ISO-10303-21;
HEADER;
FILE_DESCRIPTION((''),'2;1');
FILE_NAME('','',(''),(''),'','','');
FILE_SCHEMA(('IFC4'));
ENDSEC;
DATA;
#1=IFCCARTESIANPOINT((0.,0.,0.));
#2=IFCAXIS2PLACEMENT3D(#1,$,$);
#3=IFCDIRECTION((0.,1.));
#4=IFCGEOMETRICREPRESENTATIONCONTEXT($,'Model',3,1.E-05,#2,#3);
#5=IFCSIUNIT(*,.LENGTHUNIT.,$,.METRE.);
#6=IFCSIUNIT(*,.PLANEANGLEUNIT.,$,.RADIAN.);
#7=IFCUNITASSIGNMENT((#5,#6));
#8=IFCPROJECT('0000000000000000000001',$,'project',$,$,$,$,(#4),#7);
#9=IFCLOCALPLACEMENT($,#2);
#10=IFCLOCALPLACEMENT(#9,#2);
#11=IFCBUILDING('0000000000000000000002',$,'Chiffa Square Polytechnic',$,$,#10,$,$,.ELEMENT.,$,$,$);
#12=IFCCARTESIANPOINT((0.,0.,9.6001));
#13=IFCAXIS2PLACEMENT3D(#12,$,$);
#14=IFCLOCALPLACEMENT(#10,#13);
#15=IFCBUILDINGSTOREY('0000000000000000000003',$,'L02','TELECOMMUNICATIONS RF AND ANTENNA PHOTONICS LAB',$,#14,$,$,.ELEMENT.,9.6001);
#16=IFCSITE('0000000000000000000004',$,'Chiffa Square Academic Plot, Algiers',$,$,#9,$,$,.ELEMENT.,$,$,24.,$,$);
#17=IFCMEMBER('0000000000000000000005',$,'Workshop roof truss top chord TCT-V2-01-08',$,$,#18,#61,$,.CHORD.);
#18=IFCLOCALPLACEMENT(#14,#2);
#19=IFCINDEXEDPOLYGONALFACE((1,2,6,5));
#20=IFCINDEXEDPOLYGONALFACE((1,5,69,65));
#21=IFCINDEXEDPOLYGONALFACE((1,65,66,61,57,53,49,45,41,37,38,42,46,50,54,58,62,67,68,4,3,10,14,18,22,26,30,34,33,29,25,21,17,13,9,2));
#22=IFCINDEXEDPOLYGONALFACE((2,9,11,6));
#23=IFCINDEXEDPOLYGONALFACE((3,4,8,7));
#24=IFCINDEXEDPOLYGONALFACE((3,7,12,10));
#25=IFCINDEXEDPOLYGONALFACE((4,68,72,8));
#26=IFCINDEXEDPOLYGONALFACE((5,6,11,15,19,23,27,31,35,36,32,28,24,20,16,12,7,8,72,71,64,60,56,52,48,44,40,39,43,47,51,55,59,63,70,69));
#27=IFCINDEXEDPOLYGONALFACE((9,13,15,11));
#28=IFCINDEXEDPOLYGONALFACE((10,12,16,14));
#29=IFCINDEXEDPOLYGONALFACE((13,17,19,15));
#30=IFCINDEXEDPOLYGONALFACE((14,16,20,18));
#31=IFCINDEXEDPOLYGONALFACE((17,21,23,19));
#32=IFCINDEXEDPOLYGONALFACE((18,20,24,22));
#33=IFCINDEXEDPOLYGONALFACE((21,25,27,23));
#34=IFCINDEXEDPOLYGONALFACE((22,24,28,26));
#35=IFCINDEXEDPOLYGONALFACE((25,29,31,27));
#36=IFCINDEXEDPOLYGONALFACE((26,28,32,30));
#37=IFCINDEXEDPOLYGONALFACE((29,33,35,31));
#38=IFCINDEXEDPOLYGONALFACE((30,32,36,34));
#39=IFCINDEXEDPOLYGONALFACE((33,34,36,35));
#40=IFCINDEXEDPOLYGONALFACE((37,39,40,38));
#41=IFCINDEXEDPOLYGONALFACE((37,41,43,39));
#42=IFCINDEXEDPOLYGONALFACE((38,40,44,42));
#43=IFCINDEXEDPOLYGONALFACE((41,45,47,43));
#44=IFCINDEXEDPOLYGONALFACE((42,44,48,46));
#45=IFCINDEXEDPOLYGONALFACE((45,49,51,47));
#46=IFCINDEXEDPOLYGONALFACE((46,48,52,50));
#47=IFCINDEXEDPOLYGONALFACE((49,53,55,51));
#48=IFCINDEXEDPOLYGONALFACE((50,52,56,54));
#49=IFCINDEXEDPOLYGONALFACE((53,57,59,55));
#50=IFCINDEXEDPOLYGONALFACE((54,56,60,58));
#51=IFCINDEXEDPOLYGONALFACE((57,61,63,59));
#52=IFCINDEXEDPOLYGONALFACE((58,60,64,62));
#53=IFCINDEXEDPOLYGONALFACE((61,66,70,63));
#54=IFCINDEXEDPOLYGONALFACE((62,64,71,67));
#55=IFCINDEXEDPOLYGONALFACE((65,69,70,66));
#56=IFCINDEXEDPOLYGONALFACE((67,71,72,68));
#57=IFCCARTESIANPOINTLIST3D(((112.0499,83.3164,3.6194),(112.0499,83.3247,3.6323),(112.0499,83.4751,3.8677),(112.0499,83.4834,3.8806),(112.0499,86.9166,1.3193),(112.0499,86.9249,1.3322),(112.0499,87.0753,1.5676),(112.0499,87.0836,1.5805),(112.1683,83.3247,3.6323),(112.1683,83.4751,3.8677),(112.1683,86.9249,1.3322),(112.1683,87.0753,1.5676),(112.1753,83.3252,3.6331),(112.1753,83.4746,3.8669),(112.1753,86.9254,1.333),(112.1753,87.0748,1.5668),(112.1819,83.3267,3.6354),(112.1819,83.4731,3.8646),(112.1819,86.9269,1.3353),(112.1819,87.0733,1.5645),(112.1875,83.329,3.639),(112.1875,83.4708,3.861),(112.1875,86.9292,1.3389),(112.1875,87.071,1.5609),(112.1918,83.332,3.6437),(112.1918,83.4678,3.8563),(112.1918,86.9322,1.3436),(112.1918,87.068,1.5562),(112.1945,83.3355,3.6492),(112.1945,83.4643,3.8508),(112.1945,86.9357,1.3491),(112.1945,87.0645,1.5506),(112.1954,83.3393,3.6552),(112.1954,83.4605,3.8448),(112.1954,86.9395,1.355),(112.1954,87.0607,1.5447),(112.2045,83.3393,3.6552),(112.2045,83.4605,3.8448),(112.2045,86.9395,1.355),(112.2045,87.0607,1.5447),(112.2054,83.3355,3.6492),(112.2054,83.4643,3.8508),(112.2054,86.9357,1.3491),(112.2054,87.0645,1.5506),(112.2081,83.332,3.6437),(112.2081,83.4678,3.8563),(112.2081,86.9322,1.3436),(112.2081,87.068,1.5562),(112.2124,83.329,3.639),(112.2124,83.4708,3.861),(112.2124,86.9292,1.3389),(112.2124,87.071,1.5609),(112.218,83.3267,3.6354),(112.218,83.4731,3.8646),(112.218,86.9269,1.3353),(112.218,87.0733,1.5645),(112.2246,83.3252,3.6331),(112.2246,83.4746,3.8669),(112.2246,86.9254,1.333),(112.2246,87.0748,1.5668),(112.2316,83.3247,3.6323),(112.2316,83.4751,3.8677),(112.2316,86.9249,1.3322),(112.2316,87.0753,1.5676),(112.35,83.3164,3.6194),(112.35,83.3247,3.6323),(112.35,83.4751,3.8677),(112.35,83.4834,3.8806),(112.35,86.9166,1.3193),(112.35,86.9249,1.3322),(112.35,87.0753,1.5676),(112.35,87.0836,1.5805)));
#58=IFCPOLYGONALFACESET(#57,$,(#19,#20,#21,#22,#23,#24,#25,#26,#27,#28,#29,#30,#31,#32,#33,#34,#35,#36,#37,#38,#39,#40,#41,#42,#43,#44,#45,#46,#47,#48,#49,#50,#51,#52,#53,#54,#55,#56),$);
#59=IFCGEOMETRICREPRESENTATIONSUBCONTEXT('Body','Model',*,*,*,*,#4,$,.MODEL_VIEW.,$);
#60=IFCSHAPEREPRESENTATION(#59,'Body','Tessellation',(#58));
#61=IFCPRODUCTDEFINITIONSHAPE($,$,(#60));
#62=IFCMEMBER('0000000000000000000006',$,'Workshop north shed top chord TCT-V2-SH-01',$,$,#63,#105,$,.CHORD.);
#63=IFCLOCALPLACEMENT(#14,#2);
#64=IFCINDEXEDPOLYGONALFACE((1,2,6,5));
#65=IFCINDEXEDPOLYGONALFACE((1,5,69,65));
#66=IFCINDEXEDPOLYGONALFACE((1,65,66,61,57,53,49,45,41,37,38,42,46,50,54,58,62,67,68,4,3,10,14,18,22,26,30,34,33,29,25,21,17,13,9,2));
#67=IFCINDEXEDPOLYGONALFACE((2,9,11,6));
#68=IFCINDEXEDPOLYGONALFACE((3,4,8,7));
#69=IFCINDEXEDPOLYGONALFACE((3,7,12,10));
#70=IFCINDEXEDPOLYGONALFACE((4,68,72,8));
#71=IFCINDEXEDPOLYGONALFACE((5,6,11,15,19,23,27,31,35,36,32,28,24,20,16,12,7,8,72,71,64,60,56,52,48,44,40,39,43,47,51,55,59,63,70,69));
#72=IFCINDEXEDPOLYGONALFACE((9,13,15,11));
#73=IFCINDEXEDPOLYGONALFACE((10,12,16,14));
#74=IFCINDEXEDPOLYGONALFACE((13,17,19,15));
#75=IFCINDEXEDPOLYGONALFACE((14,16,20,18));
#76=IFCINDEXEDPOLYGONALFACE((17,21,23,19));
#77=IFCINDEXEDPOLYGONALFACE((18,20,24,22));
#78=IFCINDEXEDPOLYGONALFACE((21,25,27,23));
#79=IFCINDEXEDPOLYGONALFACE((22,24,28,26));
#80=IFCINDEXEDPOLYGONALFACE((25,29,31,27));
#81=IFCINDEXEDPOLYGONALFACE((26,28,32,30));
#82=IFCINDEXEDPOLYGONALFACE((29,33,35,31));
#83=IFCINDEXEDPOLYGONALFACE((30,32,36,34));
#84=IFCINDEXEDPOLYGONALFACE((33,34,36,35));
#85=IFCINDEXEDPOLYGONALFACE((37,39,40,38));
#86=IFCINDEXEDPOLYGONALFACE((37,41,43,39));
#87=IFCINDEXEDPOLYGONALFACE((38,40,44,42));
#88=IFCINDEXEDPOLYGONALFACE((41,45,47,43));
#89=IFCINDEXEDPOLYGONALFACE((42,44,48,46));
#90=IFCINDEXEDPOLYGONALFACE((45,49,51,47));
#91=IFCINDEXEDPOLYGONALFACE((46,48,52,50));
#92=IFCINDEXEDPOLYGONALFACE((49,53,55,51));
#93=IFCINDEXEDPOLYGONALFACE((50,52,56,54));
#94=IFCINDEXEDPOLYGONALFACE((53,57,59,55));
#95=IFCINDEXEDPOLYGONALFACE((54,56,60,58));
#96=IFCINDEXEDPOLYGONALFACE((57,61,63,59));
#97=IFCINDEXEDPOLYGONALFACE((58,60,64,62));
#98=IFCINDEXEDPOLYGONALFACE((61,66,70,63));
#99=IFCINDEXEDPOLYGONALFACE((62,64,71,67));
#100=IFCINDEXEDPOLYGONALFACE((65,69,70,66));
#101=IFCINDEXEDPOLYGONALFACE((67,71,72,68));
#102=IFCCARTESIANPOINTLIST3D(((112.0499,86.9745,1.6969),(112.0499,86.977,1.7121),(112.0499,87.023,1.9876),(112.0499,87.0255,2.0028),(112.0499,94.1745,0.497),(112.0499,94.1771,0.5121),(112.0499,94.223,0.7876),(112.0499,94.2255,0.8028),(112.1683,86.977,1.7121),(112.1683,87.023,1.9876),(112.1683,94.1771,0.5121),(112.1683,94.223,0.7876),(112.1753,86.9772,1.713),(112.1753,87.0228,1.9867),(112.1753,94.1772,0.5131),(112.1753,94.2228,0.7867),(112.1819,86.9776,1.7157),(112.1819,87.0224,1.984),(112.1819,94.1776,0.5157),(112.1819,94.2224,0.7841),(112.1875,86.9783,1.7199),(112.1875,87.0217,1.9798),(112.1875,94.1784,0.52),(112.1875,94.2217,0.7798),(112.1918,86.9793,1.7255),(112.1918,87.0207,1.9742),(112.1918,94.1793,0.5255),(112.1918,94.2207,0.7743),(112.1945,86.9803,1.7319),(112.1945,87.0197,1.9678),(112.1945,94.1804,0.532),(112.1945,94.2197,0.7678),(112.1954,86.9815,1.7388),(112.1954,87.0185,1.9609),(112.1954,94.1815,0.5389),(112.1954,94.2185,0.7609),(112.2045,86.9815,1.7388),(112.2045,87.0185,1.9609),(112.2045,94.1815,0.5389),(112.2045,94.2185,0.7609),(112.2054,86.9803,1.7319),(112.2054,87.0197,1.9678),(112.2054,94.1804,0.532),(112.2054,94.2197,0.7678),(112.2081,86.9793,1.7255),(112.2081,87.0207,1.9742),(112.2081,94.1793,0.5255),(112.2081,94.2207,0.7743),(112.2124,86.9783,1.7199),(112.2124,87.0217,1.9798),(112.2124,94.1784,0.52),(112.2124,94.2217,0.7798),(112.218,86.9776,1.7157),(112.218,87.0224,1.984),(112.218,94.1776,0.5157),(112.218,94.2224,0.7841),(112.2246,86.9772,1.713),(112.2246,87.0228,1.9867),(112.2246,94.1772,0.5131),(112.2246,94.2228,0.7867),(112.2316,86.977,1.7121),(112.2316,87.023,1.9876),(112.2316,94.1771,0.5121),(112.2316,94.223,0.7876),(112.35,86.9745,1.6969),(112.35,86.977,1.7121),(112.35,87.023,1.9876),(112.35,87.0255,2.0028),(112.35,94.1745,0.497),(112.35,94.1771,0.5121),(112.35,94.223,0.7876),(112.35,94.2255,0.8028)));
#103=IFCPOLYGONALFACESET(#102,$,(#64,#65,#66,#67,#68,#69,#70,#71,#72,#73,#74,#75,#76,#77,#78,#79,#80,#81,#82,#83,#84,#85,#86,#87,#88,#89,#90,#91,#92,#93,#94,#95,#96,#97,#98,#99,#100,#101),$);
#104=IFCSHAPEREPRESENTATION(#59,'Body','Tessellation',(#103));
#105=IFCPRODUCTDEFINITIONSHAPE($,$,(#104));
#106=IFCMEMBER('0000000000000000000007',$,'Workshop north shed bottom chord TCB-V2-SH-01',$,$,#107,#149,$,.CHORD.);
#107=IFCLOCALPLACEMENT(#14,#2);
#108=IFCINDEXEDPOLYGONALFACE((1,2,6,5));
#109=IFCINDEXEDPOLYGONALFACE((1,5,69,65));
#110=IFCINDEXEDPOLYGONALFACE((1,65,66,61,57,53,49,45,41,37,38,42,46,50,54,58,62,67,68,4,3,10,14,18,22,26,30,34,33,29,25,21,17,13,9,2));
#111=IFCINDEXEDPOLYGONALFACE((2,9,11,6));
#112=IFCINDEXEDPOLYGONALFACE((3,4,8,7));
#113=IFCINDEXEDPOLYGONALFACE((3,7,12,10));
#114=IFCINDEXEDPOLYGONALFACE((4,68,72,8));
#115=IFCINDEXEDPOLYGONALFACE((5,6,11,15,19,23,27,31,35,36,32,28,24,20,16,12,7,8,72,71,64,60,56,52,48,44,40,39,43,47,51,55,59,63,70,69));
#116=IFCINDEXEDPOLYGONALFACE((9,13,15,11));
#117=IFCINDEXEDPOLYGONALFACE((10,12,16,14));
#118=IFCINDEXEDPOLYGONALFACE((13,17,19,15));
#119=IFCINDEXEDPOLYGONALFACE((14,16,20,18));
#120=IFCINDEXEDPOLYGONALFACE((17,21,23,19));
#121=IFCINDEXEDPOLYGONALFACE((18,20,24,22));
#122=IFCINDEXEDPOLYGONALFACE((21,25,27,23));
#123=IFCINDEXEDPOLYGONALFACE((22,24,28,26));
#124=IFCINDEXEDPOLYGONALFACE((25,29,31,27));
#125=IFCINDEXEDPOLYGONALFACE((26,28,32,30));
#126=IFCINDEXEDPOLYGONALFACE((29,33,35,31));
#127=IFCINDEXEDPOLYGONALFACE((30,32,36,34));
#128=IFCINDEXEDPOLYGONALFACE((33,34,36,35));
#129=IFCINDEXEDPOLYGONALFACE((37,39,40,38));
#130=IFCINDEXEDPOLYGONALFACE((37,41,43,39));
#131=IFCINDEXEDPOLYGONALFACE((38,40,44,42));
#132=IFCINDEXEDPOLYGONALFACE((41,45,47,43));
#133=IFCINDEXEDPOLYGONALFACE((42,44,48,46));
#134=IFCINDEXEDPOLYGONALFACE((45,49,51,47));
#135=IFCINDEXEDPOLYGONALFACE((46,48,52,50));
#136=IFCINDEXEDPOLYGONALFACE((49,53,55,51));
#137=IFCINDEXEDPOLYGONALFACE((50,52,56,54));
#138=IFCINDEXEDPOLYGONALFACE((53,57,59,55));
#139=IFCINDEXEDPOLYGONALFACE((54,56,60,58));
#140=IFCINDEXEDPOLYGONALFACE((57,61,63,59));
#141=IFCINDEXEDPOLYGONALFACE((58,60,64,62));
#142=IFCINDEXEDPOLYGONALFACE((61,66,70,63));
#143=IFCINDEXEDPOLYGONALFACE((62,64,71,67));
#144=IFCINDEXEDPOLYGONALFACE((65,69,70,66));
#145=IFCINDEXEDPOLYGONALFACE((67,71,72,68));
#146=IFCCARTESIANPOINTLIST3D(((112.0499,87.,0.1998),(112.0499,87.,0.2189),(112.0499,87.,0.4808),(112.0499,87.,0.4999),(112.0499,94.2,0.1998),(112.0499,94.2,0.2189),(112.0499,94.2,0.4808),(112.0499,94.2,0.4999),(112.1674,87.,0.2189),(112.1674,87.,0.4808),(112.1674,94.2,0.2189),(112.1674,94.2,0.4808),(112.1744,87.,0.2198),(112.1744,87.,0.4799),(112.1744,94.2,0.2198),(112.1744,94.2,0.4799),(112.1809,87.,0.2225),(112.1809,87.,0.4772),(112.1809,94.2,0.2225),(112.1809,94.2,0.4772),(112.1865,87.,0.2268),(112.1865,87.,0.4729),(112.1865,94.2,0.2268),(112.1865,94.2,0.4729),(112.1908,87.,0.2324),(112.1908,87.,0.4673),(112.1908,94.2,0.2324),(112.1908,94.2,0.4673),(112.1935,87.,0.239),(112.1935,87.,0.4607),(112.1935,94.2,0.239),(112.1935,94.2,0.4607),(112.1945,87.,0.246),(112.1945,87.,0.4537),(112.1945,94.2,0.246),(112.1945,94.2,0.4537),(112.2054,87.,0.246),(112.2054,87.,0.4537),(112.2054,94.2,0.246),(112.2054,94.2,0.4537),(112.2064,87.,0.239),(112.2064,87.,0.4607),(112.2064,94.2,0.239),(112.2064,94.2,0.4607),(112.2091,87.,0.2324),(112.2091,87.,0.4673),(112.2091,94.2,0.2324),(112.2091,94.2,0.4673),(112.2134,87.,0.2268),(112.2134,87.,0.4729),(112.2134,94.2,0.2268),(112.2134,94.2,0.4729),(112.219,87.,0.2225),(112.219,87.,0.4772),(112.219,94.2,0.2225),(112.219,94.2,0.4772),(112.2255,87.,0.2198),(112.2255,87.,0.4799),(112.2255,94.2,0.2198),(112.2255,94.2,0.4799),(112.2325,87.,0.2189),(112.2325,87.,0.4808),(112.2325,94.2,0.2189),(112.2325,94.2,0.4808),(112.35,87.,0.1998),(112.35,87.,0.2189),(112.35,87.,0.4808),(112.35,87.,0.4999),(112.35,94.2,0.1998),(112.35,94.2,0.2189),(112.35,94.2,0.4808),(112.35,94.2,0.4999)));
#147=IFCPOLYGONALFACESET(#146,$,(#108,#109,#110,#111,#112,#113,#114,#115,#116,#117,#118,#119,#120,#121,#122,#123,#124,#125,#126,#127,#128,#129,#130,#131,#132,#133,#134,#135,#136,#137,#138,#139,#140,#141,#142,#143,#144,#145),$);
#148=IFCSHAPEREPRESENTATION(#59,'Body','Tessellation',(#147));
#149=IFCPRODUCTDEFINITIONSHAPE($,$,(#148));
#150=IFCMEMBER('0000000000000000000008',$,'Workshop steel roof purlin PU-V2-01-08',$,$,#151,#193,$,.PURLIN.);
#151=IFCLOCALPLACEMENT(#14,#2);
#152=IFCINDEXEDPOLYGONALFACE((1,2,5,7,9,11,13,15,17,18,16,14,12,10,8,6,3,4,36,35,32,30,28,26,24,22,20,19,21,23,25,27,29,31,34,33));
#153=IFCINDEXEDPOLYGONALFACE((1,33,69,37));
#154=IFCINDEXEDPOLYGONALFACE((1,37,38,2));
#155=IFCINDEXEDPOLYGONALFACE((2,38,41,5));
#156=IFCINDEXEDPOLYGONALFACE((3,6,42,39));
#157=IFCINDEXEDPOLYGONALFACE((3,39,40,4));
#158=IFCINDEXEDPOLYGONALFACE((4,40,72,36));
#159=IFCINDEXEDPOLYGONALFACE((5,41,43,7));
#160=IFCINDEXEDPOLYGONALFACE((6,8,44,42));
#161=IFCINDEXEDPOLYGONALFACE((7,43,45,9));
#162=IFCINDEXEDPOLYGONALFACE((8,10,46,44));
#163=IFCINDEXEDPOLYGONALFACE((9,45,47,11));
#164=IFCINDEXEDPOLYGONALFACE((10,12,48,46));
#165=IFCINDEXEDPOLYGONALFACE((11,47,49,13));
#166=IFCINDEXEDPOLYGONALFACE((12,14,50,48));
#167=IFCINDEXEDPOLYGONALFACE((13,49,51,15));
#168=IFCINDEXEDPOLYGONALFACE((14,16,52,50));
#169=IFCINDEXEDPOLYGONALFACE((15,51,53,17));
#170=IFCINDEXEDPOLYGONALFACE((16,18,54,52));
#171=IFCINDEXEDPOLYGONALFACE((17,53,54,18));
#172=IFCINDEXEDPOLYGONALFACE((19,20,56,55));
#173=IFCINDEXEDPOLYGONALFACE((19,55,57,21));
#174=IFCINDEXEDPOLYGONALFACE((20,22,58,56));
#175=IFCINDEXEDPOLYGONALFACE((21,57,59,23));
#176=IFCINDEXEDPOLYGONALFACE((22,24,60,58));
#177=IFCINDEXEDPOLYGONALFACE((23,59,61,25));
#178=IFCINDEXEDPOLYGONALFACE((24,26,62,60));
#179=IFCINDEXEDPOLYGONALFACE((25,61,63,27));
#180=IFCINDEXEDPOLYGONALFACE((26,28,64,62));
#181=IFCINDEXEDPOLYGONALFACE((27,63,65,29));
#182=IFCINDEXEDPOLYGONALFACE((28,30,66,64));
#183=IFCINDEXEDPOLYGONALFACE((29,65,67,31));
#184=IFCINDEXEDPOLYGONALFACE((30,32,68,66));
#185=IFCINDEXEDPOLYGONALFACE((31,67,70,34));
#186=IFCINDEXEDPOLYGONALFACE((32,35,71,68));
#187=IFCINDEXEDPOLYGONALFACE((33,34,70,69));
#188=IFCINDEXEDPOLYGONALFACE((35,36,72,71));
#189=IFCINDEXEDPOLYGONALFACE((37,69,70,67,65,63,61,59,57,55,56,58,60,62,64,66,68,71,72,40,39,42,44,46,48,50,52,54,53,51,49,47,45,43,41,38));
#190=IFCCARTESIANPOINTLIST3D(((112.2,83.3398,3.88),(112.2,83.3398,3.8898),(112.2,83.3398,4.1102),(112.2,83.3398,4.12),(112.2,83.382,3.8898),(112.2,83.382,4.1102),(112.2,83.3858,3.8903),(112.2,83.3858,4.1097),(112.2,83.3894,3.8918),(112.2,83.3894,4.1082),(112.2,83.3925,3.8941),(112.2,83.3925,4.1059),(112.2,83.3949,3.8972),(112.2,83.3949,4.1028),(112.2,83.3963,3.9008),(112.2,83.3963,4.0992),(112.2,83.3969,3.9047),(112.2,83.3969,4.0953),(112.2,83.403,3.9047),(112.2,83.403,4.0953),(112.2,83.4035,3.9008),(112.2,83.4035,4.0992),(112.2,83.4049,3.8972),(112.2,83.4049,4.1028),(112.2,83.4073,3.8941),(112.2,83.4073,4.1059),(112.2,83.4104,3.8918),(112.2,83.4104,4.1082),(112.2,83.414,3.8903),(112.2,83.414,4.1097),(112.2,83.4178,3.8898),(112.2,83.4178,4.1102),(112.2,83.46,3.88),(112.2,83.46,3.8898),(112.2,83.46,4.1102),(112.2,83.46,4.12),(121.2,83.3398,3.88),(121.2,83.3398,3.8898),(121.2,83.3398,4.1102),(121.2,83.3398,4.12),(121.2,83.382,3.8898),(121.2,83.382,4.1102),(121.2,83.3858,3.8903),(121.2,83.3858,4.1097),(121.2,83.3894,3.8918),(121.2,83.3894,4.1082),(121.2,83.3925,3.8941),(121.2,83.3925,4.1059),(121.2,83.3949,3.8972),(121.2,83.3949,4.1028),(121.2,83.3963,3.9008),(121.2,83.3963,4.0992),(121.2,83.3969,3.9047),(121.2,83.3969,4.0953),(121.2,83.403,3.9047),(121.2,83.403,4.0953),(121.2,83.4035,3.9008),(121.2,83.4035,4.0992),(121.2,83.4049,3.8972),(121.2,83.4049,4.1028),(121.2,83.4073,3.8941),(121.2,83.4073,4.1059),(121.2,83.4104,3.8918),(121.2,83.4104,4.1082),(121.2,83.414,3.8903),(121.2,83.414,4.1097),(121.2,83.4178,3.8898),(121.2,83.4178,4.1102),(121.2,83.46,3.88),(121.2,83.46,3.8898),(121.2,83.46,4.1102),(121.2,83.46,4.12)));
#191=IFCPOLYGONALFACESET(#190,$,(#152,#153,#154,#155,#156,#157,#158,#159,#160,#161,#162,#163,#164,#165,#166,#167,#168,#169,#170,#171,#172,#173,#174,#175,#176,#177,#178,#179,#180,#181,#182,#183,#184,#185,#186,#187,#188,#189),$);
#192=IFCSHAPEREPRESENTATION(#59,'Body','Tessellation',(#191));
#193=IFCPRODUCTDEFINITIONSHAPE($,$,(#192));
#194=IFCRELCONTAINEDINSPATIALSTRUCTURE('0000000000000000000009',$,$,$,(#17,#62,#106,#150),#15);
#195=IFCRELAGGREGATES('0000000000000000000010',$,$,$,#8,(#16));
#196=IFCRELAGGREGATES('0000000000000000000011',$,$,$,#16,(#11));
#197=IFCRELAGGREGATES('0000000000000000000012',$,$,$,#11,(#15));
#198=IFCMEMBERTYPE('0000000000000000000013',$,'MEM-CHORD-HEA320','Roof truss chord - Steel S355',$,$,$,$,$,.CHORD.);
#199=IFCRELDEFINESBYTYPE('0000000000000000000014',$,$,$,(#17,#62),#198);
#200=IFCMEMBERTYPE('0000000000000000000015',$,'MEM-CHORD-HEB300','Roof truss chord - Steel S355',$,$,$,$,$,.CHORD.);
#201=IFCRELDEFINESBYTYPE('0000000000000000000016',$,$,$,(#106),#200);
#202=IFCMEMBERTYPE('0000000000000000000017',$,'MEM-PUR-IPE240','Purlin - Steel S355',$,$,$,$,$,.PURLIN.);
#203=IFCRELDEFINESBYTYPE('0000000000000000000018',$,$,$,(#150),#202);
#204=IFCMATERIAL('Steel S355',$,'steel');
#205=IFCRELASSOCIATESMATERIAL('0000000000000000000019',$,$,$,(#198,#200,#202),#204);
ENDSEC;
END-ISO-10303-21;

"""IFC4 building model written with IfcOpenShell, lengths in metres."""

from ifc_helpers import new_model, si_unit, direction, frame, origin, origin_2d, place, context, subcontext, project, spatial, i_section, extrude, material, material_profile, profile_set, type_object, element, save


model = new_model("IFC4")

# Units and contexts
model_context = context("Model", 3, precision=1e-05, world=origin(), true_north=direction((0.0, 1.0)))
body_context = subcontext(model_context, "Body", "Model", "MODEL_VIEW")
ifc_project = project(units=[si_unit("LENGTHUNIT", "METRE"), si_unit("PLANEANGLEUNIT", "RADIAN")], contexts=[model_context])

# Site, building, storey
site_placement = place(None, origin())
site = spatial("IfcSite", under=ifc_project, at=site_placement, Name="Chiffa Square Academic Plot, Algiers", CompositionType="ELEMENT", RefElevation=24.0)
building_placement = place(site_placement, origin())
building = spatial("IfcBuilding", under=site, at=building_placement, Name="Chiffa Square Polytechnic", CompositionType="ELEMENT")
storey_placement = place(building_placement, frame((0.0, 0.0, 9.6001)))
storey = spatial("IfcBuildingStorey", under=building, at=storey_placement, Name="L02", Description="TELECOMMUNICATIONS RF AND ANTENNA PHOTONICS LAB", CompositionType="ELEMENT", Elevation=9.6001)

# Shared definitions
ifc_material_1 = material(Name="Steel S355", Category="steel")

# Members
ifc_material_profile_1 = material_profile(ifc_material_1, i_section(OverallWidth=0.3, OverallDepth=0.3101, WebThickness=0.009, FlangeThickness=0.0154, FilletRadius=0.0271, at=origin_2d()), Name="HEA 320")
ifc_profile_set_1 = profile_set([ifc_material_profile_1], Name="Steel S355")
member_type_1 = type_object("IfcMemberType", Name="MEM-CHORD-HEA320", Description="Roof truss chord - Steel S355", PredefinedType="CHORD", material=ifc_profile_set_1)
member_1_placement = place(storey_placement, frame((112.2, 83.3999, 3.75), z_axis=(0.0, 0.842698, -0.538387), x_axis=(-1.0, 0.0, 0.0)))
element("IfcMember", 1, at=member_1_placement, inside=storey, type_object=member_type_1, Name="Workshop roof truss top chord TCT-V2-01-08", PredefinedType="CHORD", context=body_context, shape_type="SweptSolid", body=[
    extrude(i_section(OverallWidth=0.3, OverallDepth=0.3101, WebThickness=0.009, FlangeThickness=0.0154, FilletRadius=0.0271, at=origin_2d()), origin(), (0.0, 0.0, 1.0), 4.2722),
])
member_2_placement = place(storey_placement, frame((112.2, 87.0, 1.8499), z_axis=(0.0, 0.986395, -0.164394), x_axis=(-1.0, 0.0, 0.0)))
element("IfcMember", 2, at=member_2_placement, inside=storey, type_object=member_type_1, Name="Workshop north shed top chord TCT-V2-SH-01", PredefinedType="CHORD", context=body_context, shape_type="SweptSolid", body=[
    extrude(i_section(OverallWidth=0.3, OverallDepth=0.3101, WebThickness=0.009, FlangeThickness=0.0154, FilletRadius=0.0271, at=origin_2d()), origin(), (0.0, 0.0, 1.0), 7.2993),
])
ifc_material_profile_2 = material_profile(ifc_material_1, i_section(OverallWidth=0.3, OverallDepth=0.3, WebThickness=0.011, FlangeThickness=0.019, FilletRadius=0.0271, at=origin_2d()), Name="HEB 300")
ifc_profile_set_2 = profile_set([ifc_material_profile_2], Name="Steel S355")
member_type_2 = type_object("IfcMemberType", Name="MEM-CHORD-HEB300", Description="Roof truss chord - Steel S355", PredefinedType="CHORD", material=ifc_profile_set_2)
member_3_placement = place(storey_placement, frame((112.2, 87.0, 0.3499), z_axis=(0.0, 1.0, 0.0), x_axis=(-1.0, 0.0, 0.0)))
element("IfcMember", 3, at=member_3_placement, inside=storey, type_object=member_type_2, Name="Workshop north shed bottom chord TCB-V2-SH-01", PredefinedType="CHORD", context=body_context, shape_type="SweptSolid", body=[
    extrude(i_section(OverallWidth=0.3, OverallDepth=0.3, WebThickness=0.011, FlangeThickness=0.019, FilletRadius=0.0271, at=origin_2d()), origin(), (0.0, 0.0, 1.0), 7.2),
])
ifc_material_profile_3 = material_profile(ifc_material_1, i_section(OverallWidth=0.1201, OverallDepth=0.24, WebThickness=0.0061, FlangeThickness=0.0098, FilletRadius=0.0149, at=origin_2d()), Name="IPE 240")
ifc_profile_set_3 = profile_set([ifc_material_profile_3], Name="Steel S355")
member_type_3 = type_object("IfcMemberType", Name="MEM-PUR-IPE240", Description="Purlin - Steel S355", PredefinedType="PURLIN", material=ifc_profile_set_3)
for number, where, z_axis, x_axis, name in (
    (4, (112.2, 83.3999, 4.0), (1.0, 0.0, 0.0), (0.0, 1.0, 0.0), "Workshop steel roof purlin PU-V2-01-08"),
):
    element("IfcMember", number, at=place(storey_placement, frame(where, z_axis=z_axis, x_axis=x_axis)), inside=storey, type_object=member_type_3, Name=name, PredefinedType="PURLIN", context=body_context, shape_type="SweptSolid", body=[
        extrude(i_section(OverallWidth=0.1201, OverallDepth=0.24, WebThickness=0.0061, FlangeThickness=0.0098, FilletRadius=0.0149, at=origin_2d()), origin(), (0.0, 0.0, 1.0), 9.0),
    ])

save(model, "model.ifc")
